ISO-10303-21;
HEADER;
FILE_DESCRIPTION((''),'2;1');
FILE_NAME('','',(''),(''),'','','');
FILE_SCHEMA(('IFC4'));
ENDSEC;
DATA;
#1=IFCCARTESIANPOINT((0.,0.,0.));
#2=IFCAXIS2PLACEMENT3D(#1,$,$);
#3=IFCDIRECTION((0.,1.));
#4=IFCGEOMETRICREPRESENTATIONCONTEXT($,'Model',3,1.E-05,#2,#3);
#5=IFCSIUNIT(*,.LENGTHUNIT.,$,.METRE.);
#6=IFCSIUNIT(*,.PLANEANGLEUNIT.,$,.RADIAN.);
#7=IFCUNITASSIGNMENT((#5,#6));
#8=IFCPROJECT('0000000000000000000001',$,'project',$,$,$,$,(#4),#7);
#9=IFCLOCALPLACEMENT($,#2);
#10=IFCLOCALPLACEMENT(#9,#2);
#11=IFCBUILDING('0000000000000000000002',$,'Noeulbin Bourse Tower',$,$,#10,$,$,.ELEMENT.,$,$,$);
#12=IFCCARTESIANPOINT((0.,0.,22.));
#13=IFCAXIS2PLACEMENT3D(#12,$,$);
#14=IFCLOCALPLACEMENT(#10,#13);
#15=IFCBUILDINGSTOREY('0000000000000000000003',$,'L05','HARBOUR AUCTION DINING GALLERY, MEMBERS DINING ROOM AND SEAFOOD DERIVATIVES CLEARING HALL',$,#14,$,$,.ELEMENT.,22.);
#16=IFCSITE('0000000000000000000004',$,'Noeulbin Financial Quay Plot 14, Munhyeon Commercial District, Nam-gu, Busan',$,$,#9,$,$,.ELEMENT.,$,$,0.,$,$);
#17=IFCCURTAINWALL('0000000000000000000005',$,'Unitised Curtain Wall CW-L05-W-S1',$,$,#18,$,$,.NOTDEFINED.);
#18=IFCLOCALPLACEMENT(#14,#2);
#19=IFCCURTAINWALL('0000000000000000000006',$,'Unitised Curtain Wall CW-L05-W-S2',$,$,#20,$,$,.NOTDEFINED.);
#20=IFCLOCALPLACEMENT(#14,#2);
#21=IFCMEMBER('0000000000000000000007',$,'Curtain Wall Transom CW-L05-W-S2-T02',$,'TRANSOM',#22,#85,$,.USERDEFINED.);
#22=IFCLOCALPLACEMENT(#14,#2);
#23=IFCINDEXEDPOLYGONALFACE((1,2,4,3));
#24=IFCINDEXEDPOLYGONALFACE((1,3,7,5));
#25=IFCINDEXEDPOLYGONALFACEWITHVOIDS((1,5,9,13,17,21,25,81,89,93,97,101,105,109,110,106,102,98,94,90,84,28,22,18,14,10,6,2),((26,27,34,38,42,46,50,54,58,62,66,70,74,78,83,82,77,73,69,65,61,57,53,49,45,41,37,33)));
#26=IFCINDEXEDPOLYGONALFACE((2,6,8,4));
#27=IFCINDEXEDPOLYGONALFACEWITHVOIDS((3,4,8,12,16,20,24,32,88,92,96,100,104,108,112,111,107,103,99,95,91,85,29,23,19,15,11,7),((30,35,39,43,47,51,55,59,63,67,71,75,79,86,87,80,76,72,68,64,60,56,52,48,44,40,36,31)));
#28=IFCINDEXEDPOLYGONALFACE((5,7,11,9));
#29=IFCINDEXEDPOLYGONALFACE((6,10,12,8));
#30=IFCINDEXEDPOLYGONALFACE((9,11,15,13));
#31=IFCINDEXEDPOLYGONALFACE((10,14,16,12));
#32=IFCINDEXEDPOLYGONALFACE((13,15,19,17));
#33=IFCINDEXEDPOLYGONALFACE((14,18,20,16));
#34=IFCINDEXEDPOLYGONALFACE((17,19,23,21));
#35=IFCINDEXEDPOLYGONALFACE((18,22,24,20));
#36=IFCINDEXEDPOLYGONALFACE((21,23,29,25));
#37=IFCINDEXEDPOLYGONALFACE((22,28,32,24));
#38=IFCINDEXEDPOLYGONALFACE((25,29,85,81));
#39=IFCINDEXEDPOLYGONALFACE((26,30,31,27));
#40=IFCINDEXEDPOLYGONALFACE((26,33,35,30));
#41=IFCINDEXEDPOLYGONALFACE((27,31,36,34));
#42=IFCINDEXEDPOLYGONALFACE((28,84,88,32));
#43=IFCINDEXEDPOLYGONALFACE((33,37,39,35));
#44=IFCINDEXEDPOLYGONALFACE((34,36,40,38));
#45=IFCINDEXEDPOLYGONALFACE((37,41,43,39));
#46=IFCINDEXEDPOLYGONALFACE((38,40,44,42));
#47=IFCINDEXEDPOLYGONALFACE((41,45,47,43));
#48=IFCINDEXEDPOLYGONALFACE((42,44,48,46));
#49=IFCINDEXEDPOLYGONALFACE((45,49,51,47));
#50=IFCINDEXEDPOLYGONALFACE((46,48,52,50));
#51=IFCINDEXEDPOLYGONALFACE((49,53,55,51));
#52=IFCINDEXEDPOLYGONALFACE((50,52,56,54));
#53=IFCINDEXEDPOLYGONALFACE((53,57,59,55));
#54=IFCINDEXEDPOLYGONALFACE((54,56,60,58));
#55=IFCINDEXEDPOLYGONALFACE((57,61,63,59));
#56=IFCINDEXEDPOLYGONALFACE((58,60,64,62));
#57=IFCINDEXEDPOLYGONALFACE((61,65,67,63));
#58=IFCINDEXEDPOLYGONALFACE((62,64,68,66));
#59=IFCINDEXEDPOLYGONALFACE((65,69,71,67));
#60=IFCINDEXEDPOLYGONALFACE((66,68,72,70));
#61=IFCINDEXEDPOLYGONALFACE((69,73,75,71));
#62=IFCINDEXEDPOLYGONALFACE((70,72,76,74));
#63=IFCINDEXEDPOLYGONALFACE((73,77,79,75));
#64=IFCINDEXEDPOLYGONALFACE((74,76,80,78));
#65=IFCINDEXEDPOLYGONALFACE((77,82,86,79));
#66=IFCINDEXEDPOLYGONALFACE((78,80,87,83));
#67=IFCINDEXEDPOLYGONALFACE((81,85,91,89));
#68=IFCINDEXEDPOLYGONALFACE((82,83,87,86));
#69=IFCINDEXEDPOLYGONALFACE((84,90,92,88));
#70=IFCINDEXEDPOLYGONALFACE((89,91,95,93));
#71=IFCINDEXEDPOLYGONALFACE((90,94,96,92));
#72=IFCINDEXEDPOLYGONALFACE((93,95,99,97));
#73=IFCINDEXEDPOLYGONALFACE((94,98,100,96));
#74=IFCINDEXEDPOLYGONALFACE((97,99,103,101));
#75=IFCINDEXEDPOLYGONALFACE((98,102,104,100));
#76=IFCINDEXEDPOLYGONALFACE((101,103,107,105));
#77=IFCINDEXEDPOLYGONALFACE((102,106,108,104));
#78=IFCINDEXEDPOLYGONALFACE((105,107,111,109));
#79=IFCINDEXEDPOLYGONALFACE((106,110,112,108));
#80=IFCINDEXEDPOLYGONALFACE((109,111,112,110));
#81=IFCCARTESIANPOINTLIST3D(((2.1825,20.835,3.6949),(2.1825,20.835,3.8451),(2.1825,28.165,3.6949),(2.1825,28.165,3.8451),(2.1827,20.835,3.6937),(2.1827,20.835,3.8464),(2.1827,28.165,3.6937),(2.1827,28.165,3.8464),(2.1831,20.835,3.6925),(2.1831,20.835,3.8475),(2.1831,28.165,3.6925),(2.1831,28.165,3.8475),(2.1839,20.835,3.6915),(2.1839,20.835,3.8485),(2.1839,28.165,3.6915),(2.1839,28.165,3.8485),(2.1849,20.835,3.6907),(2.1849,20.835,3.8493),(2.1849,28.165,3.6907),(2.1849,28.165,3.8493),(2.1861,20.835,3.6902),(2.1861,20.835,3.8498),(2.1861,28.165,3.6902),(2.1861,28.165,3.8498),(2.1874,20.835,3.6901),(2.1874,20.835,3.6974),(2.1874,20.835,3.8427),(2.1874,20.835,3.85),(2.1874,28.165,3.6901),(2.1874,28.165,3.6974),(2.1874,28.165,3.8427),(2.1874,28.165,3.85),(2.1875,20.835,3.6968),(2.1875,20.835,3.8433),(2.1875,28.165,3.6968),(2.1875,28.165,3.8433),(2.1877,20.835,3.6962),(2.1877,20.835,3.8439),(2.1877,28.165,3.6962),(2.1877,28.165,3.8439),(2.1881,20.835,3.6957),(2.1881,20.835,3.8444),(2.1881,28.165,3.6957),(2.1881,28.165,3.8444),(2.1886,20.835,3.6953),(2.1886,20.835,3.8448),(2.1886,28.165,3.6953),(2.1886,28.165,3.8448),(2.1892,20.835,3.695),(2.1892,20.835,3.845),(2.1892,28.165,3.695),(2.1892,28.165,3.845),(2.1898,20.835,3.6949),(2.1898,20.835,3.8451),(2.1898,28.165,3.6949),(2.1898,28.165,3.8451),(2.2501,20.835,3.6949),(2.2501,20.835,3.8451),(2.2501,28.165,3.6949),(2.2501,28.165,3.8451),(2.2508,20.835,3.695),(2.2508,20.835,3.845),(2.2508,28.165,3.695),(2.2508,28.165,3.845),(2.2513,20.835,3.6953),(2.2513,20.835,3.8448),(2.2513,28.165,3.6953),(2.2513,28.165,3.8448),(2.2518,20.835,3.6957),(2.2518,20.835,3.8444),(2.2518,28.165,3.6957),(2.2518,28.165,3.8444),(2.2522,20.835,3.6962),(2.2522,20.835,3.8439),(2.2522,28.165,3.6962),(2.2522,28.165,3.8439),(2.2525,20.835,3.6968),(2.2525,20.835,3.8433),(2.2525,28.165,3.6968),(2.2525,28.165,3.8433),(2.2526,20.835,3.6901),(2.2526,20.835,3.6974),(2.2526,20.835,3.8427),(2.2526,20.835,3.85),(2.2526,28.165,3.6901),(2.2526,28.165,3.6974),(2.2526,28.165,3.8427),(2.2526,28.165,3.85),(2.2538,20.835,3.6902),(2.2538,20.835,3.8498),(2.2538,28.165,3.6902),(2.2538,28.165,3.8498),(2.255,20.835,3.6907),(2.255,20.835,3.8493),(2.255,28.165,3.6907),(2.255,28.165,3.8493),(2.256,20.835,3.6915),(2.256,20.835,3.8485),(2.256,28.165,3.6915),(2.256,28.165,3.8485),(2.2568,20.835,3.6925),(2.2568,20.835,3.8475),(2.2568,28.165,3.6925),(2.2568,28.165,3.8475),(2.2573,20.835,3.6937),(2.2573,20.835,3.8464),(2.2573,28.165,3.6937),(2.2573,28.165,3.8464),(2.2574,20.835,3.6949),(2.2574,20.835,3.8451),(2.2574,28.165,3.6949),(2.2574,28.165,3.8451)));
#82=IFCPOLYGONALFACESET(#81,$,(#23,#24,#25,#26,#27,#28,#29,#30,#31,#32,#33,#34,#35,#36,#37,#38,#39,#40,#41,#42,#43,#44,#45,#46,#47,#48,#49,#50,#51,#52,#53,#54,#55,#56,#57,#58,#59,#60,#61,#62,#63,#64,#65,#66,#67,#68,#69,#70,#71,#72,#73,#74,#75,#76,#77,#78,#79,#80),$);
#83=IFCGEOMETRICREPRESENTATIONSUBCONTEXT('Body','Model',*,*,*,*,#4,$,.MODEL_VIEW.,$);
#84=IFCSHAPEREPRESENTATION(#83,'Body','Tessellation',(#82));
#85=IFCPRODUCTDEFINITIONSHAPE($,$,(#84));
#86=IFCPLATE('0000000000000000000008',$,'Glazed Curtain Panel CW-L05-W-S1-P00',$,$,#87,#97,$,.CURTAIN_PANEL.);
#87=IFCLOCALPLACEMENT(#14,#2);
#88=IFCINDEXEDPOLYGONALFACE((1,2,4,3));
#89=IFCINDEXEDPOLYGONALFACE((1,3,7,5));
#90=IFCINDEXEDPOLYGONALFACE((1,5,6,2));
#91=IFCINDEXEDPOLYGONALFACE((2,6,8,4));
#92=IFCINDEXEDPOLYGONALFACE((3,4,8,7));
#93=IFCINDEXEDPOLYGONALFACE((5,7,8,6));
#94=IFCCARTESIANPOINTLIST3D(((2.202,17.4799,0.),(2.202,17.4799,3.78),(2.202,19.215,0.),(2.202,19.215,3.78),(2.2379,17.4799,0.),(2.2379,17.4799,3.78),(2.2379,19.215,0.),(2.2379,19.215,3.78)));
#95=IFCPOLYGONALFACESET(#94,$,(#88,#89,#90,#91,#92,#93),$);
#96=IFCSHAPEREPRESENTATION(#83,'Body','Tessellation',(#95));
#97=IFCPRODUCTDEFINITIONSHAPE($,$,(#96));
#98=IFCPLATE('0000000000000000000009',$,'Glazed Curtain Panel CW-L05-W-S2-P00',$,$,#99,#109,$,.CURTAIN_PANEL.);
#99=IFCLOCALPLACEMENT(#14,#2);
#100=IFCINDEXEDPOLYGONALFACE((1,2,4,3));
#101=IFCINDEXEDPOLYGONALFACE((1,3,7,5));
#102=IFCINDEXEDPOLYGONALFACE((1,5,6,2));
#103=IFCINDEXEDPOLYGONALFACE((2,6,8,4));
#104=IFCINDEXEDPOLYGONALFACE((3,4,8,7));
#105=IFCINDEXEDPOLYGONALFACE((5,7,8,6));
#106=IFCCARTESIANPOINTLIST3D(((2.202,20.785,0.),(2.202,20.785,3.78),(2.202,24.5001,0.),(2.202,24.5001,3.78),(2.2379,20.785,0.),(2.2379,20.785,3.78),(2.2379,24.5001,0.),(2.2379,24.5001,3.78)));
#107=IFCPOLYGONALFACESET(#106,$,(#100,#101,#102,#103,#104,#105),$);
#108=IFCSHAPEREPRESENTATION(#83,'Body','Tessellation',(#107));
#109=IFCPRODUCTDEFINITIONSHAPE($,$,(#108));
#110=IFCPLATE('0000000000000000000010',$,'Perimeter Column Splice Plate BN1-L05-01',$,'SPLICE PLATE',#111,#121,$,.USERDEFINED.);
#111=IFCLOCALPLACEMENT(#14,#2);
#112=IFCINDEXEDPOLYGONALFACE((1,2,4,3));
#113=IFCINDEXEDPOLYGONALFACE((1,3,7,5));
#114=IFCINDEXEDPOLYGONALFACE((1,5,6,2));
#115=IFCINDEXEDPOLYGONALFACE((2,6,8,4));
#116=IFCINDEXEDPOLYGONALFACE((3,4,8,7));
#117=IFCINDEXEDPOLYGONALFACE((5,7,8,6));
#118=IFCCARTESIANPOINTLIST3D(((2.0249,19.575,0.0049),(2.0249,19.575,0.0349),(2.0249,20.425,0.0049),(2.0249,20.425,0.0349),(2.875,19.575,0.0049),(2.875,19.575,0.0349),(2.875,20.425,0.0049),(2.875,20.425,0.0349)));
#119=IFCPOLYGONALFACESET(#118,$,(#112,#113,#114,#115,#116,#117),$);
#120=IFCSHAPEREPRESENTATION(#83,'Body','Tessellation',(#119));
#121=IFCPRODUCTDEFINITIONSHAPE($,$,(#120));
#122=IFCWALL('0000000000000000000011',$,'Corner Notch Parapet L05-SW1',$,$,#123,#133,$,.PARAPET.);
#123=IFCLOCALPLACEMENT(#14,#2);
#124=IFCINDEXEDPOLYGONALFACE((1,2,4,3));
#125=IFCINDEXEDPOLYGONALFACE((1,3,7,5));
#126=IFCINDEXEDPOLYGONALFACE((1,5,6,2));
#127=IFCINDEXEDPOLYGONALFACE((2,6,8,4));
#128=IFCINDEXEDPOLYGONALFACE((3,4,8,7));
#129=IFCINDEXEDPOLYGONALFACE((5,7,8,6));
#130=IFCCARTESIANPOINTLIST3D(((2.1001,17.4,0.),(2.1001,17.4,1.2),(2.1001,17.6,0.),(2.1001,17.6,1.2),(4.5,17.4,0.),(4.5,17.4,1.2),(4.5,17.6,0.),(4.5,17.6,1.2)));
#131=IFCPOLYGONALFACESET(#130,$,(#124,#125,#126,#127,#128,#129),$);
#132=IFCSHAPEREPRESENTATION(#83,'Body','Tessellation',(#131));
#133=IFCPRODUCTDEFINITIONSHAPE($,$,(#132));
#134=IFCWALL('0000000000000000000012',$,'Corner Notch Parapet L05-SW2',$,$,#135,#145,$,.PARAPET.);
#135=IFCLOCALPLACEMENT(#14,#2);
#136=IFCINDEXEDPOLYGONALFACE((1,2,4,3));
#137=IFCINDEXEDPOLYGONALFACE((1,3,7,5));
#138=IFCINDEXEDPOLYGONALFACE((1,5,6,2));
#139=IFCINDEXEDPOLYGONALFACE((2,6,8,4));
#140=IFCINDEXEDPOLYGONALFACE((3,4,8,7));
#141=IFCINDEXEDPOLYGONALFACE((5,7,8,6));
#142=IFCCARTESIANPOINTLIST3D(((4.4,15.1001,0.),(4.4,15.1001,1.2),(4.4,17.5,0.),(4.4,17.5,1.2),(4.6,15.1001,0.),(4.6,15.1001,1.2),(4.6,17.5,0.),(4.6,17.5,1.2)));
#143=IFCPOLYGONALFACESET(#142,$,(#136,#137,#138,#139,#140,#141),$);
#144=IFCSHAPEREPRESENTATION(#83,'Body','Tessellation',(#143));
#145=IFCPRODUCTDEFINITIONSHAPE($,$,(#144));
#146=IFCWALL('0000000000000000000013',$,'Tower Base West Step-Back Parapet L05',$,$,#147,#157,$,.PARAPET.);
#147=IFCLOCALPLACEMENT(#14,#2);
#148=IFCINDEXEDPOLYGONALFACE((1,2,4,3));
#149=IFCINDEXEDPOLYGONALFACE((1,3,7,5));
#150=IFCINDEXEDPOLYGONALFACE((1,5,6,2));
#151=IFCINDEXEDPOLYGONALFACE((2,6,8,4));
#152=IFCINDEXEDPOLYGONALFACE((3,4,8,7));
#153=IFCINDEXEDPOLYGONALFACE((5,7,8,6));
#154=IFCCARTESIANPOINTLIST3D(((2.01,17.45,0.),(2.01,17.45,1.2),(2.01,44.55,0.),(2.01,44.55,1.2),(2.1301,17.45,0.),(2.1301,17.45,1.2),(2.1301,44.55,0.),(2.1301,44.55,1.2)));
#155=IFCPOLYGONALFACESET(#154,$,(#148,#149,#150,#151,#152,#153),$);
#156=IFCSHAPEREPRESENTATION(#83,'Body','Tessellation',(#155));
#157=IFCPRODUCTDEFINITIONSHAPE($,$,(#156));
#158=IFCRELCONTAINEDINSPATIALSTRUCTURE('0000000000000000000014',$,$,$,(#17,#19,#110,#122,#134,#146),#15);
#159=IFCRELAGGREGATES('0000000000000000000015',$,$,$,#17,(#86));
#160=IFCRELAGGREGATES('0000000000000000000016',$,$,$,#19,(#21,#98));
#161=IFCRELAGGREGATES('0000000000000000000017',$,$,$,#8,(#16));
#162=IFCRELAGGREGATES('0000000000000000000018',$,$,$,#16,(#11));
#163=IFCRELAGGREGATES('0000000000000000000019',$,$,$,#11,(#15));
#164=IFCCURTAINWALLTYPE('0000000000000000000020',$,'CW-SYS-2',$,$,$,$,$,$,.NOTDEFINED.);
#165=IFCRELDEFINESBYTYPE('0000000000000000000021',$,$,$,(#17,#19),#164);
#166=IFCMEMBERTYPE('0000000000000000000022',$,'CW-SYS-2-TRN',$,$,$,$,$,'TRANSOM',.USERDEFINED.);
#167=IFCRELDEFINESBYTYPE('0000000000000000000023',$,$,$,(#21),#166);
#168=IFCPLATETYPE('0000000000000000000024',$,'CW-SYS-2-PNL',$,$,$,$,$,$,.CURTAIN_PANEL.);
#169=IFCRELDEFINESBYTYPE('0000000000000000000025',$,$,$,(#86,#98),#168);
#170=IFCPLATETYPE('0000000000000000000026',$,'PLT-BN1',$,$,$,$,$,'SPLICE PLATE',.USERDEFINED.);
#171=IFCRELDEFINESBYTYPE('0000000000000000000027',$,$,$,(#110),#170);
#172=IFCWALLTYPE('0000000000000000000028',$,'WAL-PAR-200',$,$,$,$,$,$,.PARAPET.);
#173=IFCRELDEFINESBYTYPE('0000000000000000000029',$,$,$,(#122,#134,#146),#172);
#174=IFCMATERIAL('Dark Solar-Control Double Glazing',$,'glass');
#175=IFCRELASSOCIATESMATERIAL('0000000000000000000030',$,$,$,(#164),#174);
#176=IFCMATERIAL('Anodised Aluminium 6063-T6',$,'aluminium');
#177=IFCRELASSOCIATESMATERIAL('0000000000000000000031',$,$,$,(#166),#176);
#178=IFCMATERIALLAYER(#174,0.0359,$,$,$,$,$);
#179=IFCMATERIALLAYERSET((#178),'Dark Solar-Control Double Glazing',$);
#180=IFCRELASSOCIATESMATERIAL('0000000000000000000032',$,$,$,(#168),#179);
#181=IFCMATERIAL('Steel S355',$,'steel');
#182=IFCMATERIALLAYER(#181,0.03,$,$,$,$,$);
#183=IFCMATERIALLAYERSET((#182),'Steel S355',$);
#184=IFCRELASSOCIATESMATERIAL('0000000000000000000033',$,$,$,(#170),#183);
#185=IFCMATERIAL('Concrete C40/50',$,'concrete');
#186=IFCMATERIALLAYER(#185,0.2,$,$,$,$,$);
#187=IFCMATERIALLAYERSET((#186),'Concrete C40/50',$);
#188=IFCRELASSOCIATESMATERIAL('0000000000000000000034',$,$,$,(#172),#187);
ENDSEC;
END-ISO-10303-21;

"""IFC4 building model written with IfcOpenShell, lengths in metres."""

from ifc_helpers import new_model, si_unit, direction, frame, frame_2d, origin, origin_2d, place, context, subcontext, project, spatial, rectangle, hollow_rectangle, extrude, material, layer, layer_set, material_profile, profile_set, type_object, element, aggregate, save


model = new_model("IFC4")

# Units and contexts
model_context = context("Model", 3, precision=1e-05, world=origin(), true_north=direction((0.0, 1.0)))
body_context = subcontext(model_context, "Body", "Model", "MODEL_VIEW")
ifc_project = project(units=[si_unit("LENGTHUNIT", "METRE"), si_unit("PLANEANGLEUNIT", "RADIAN")], contexts=[model_context])

# Site, building, storey
site_placement = place(None, origin())
site = spatial("IfcSite", under=ifc_project, at=site_placement, Name="Noeulbin Financial Quay Plot 14, Munhyeon Commercial District, Nam-gu, Busan", CompositionType="ELEMENT", RefElevation=0.0)
building_placement = place(site_placement, origin())
building = spatial("IfcBuilding", under=site, at=building_placement, Name="Noeulbin Bourse Tower", CompositionType="ELEMENT")
storey_placement = place(building_placement, frame((0.0, 0.0, 22.0)))
storey = spatial("IfcBuildingStorey", under=building, at=storey_placement, Name="L05", Description="HARBOUR AUCTION DINING GALLERY, MEMBERS DINING ROOM AND SEAFOOD DERIVATIVES CLEARING HALL", CompositionType="ELEMENT", Elevation=22.0)

# Shared definitions
ifc_material_1 = material(Name="Steel S355", Category="steel")

# Curtain wall
ifc_material_2 = material(Name="Dark Solar-Control Double Glazing", Category="glass")
curtain_wall_type = type_object("IfcCurtainWallType", Name="CW-SYS-2", PredefinedType="NOTDEFINED", material=ifc_material_2)
curtain_wall_1_placement = place(storey_placement, origin())
curtain_wall_1 = element("IfcCurtainWall", 1, at=curtain_wall_1_placement, inside=storey, type_object=curtain_wall_type, Name="Unitised Curtain Wall CW-L05-W-S1", PredefinedType="NOTDEFINED")
ifc_material_3 = material(Name="Anodised Aluminium 6063-T6", Category="aluminium")

# Curtain wall
curtain_wall_2_placement = place(storey_placement, origin())
curtain_wall_2 = element("IfcCurtainWall", 2, at=curtain_wall_2_placement, inside=storey, type_object=curtain_wall_type, Name="Unitised Curtain Wall CW-L05-W-S2", PredefinedType="NOTDEFINED")

# Member
ifc_material_profile_1 = material_profile(ifc_material_3, hollow_rectangle(XDim=0.075, YDim=0.1599, WallThickness=0.0049, InnerFilletRadius=0.0024, OuterFilletRadius=0.0049, at=origin_2d()), Name="ALU-TRAN-75x160x5", Category="LoadBearing")
ifc_profile_set_1 = profile_set([ifc_material_profile_1], Name="Anodised Aluminium 6063-T6")
member_type_1 = type_object("IfcMemberType", Name="CW-SYS-2-TRN", ElementType="TRANSOM", PredefinedType="USERDEFINED", material=ifc_profile_set_1)
member_1_placement = place(storey_placement, frame((2.22, 20.835, 3.77), z_axis=(0.0, 1.0, 0.0), x_axis=(-1.0, 0.0, 0.0)))
member_1 = element("IfcMember", 3, at=member_1_placement, type_object=member_type_1, Name="Curtain Wall Transom CW-L05-W-S2-T02", ObjectType="TRANSOM", PredefinedType="USERDEFINED", context=body_context, shape_type="SweptSolid", body=[
    extrude(hollow_rectangle(XDim=0.075, YDim=0.1599, WallThickness=0.0049, InnerFilletRadius=0.0024, OuterFilletRadius=0.0049, at=origin_2d()), origin(), (0.0, 0.0, 1.0), 7.3301),
])

# Plates
ifc_layer_1 = layer(ifc_material_2, 0.0359)
ifc_layer_set_1 = layer_set([ifc_layer_1], Name="Dark Solar-Control Double Glazing")
plate_type_1 = type_object("IfcPlateType", Name="CW-SYS-2-PNL", PredefinedType="CURTAIN_PANEL", material=ifc_layer_set_1)
plate_1_placement = place(storey_placement, frame((2.22, 18.3474, 0.0), z_axis=(0.0, 0.0, 1.0), x_axis=(0.0, 1.0, 0.0)))
plate_1 = element("IfcPlate", 4, at=plate_1_placement, type_object=plate_type_1, Name="Glazed Curtain Panel CW-L05-W-S1-P00", PredefinedType="CURTAIN_PANEL", context=body_context, shape_type="SweptSolid", body=[
    extrude(rectangle(XDim=1.7351, YDim=0.0359, at=origin_2d()), origin(), (0.0, 0.0, 1.0), 3.78),
])
aggregate(curtain_wall_1, [plate_1])
plate_2_placement = place(storey_placement, frame((2.22, 22.6426, 0.0), z_axis=(0.0, 0.0, 1.0), x_axis=(0.0, 1.0, 0.0)))
plate_2 = element("IfcPlate", 5, at=plate_2_placement, type_object=plate_type_1, Name="Glazed Curtain Panel CW-L05-W-S2-P00", PredefinedType="CURTAIN_PANEL", context=body_context, shape_type="SweptSolid", body=[
    extrude(rectangle(XDim=3.7151, YDim=0.0359, at=origin_2d()), origin(), (0.0, 0.0, 1.0), 3.78),
])
aggregate(curtain_wall_2, [member_1, plate_2])
ifc_layer_2 = layer(ifc_material_1, 0.03)
ifc_layer_set_2 = layer_set([ifc_layer_2], Name="Steel S355")
plate_type_2 = type_object("IfcPlateType", Name="PLT-BN1", ElementType="SPLICE PLATE", PredefinedType="USERDEFINED", material=ifc_layer_set_2)
plate_3_placement = place(storey_placement, frame((2.45, 20.0, 0.0049), z_axis=(0.0, 0.0, 1.0), x_axis=(1.0, 0.0, 0.0)))
element("IfcPlate", 6, at=plate_3_placement, inside=storey, type_object=plate_type_2, Name="Perimeter Column Splice Plate BN1-L05-01", ObjectType="SPLICE PLATE", PredefinedType="USERDEFINED", context=body_context, shape_type="SweptSolid", body=[
    extrude(rectangle(XDim=0.8501, YDim=0.8501, at=origin_2d()), origin(), (0.0, 0.0, 1.0), 0.03),
])

# Walls
ifc_material_4 = material(Name="Concrete C40/50", Category="concrete")
ifc_layer_3 = layer(ifc_material_4, 0.2)
ifc_layer_set_3 = layer_set([ifc_layer_3], Name="Concrete C40/50")
wall_type = type_object("IfcWallType", Name="WAL-PAR-200", PredefinedType="PARAPET", material=ifc_layer_set_3)
for number, where, z_axis, x_axis, name in (
    (7, (2.1001, 17.5, 0.0), (0.0, 0.0, 1.0), (1.0, 0.0, 0.0), "Corner Notch Parapet L05-SW1"),
    (8, (4.5, 17.5, 0.0), (0.0, 0.0, 1.0), (0.0, -1.0, 0.0), "Corner Notch Parapet L05-SW2"),
):
    element("IfcWall", number, at=place(storey_placement, frame(where, z_axis=z_axis, x_axis=x_axis)), inside=storey, type_object=wall_type, Name=name, PredefinedType="PARAPET", context=body_context, shape_type="SweptSolid", body=[
        extrude(rectangle(XDim=2.3999, YDim=0.2, at=frame_2d((1.2, 0.0))), origin(), (0.0, 0.0, 1.0), 1.2),
    ])
wall_placement = place(storey_placement, frame((2.0701, 17.45, 0.0), z_axis=(0.0, 0.0, 1.0), x_axis=(0.0, 1.0, 0.0)))
element("IfcWall", 9, at=wall_placement, inside=storey, type_object=wall_type, Name="Tower Base West Step-Back Parapet L05", PredefinedType="PARAPET", context=body_context, shape_type="SweptSolid", body=[
    extrude(rectangle(XDim=27.1001, YDim=0.1201, at=frame_2d((13.55, 0.0))), origin(), (0.0, 0.0, 1.0), 1.2),
])

save(model, "model.ifc")
